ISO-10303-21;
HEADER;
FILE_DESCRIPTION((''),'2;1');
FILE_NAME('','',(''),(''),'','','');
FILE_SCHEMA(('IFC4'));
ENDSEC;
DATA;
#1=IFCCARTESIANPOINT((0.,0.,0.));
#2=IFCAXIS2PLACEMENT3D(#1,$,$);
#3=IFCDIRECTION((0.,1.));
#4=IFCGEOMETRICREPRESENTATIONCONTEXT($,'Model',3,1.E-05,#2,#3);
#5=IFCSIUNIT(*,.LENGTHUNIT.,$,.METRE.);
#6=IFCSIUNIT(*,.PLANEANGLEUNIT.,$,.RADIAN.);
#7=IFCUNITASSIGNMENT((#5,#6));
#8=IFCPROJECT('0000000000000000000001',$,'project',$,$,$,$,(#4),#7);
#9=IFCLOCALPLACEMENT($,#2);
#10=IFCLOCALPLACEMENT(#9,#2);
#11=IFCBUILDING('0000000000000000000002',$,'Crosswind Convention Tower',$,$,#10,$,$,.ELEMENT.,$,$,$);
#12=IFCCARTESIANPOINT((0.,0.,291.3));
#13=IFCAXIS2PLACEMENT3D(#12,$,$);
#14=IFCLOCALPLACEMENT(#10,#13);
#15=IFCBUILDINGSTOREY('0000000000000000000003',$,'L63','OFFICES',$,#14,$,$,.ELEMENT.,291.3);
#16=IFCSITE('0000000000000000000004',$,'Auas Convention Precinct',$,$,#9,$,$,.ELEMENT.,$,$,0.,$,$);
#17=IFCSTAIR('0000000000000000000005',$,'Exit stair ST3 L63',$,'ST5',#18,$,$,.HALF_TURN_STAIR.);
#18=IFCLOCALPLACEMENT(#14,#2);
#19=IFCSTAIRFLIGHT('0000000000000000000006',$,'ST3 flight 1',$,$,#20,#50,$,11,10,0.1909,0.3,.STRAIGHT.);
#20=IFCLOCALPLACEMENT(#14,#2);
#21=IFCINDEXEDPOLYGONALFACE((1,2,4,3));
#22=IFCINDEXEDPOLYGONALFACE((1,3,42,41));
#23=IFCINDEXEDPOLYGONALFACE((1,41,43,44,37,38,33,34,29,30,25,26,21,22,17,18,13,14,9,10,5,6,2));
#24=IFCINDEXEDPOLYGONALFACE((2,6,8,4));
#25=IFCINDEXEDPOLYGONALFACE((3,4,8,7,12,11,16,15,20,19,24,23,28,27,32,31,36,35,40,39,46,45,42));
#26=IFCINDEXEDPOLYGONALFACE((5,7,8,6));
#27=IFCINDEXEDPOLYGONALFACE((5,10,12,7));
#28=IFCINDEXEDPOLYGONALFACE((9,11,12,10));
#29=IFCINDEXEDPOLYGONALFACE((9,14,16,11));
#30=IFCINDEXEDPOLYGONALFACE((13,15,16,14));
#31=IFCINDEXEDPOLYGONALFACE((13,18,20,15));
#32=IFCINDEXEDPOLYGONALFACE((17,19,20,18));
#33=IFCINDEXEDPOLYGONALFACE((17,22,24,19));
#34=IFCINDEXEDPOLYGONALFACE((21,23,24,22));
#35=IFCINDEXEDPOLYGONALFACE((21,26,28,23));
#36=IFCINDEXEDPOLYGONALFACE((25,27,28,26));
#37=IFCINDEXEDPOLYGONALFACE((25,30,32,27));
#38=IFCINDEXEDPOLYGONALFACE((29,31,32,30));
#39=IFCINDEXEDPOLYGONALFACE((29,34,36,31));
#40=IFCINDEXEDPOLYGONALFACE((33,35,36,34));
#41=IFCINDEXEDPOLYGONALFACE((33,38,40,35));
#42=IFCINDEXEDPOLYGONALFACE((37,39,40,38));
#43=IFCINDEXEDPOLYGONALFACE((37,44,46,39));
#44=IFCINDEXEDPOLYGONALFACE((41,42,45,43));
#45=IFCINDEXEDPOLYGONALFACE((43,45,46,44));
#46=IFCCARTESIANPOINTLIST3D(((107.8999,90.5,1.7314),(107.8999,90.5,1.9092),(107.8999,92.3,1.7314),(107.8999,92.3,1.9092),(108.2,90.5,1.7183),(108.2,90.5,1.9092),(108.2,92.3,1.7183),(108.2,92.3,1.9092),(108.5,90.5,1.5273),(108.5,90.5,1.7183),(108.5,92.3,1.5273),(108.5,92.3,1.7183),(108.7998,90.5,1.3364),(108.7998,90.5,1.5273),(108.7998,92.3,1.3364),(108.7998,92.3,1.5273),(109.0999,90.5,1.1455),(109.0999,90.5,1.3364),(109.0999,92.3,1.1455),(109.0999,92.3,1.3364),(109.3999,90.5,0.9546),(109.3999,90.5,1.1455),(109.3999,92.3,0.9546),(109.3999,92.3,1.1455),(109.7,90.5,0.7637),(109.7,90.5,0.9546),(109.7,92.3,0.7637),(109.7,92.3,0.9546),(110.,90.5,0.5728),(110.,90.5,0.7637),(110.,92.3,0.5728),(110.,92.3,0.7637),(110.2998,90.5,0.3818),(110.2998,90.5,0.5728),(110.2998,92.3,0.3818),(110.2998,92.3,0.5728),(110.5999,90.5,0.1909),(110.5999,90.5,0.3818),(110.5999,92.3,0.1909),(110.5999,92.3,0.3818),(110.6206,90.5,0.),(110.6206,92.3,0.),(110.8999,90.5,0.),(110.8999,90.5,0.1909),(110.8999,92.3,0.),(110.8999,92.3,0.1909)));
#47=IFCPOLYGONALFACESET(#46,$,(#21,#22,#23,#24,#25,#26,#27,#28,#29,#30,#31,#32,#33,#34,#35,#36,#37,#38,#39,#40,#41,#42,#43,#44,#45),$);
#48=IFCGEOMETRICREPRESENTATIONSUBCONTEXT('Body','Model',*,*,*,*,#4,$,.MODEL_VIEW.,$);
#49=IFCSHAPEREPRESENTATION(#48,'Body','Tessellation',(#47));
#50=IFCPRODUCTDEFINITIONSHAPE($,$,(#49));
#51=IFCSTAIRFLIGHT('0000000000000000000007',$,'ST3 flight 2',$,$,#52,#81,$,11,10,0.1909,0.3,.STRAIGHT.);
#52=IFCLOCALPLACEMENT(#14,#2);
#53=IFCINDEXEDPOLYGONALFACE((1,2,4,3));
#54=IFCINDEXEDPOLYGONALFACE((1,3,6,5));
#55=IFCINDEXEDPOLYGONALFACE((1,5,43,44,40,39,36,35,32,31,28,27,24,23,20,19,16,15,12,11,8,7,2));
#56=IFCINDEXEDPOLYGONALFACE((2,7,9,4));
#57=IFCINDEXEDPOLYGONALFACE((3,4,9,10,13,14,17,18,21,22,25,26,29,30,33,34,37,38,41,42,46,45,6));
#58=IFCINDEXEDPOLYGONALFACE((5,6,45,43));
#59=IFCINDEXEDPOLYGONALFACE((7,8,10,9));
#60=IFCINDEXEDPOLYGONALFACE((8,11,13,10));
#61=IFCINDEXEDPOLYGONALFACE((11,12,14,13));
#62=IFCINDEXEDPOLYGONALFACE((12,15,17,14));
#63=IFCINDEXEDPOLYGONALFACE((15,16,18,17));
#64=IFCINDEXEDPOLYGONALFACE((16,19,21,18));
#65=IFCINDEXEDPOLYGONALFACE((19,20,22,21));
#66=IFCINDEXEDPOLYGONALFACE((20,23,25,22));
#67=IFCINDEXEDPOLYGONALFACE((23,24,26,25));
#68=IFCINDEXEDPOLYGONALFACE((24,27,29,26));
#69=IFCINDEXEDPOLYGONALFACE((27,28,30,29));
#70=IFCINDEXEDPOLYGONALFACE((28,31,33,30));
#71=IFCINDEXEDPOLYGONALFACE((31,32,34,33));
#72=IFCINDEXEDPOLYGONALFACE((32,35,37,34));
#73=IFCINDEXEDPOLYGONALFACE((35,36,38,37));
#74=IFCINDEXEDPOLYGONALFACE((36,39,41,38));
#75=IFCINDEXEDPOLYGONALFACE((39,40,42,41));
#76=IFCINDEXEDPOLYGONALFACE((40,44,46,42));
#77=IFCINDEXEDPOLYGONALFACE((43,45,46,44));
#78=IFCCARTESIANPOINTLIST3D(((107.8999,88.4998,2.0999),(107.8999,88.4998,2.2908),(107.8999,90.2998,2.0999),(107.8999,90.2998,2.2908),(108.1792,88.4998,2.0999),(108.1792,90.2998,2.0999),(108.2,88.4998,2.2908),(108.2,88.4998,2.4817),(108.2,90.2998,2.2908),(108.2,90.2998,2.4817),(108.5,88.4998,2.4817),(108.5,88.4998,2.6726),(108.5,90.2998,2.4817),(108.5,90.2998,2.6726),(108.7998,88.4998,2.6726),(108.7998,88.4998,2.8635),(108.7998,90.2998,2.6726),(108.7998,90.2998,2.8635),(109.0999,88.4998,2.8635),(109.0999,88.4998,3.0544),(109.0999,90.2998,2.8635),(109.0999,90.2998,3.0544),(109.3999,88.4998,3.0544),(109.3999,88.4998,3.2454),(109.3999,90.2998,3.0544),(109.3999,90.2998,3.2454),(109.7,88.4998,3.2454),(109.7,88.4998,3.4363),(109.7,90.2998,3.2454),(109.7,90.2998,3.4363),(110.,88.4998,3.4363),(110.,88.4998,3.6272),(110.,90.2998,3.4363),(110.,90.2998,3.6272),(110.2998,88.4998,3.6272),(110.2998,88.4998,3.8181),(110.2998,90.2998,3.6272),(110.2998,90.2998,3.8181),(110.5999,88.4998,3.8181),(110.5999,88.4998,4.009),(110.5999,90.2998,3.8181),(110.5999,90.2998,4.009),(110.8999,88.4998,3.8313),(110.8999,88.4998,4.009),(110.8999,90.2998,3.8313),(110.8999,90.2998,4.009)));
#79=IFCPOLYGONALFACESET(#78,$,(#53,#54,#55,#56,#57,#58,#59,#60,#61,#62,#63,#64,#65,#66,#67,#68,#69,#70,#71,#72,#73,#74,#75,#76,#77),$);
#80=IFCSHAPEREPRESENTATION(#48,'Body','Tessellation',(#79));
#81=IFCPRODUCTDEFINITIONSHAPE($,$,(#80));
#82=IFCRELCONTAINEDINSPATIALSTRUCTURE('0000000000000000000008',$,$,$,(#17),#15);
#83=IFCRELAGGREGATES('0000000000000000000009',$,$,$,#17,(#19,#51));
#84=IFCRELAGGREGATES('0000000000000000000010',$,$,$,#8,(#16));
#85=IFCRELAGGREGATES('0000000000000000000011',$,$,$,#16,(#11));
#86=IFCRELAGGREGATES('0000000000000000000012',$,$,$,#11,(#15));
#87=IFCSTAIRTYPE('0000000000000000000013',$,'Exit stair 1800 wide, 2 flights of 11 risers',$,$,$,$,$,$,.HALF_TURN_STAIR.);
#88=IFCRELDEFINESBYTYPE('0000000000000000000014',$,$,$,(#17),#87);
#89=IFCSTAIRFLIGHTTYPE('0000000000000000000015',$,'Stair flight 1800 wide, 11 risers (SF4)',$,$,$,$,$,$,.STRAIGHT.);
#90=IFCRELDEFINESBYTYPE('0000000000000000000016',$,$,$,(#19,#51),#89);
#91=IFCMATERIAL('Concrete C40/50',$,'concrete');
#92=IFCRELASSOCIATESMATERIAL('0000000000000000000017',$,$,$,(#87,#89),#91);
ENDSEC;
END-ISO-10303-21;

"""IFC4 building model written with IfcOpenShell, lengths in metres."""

from ifc_helpers import new_model, si_unit, direction, frame, origin, place, context, subcontext, project, spatial, polyline, outline, extrude, material, type_object, element, aggregate, save


model = new_model("IFC4")

# Units and contexts
model_context = context("Model", 3, precision=1e-05, world=origin(), true_north=direction((0.0, 1.0)))
body_context = subcontext(model_context, "Body", "Model", "MODEL_VIEW")
ifc_project = project(units=[si_unit("LENGTHUNIT", "METRE"), si_unit("PLANEANGLEUNIT", "RADIAN")], contexts=[model_context])

# Site, building, storey
site_placement = place(None, origin())
site = spatial("IfcSite", under=ifc_project, at=site_placement, Name="Auas Convention Precinct", CompositionType="ELEMENT", RefElevation=0.0)
building_placement = place(site_placement, origin())
building = spatial("IfcBuilding", under=site, at=building_placement, Name="Crosswind Convention Tower", CompositionType="ELEMENT")
storey_placement = place(building_placement, frame((0.0, 0.0, 291.3)))
storey = spatial("IfcBuildingStorey", under=building, at=storey_placement, Name="L63", Description="OFFICES", CompositionType="ELEMENT", Elevation=291.3)

# Shared definitions
ifc_material_1 = material(Name="Concrete C40/50", Category="concrete")

# Stair
stair_type = type_object("IfcStairType", Name="Exit stair 1800 wide, 2 flights of 11 risers", PredefinedType="HALF_TURN_STAIR", material=ifc_material_1)
stair_1_placement = place(storey_placement, origin())
stair_1 = element("IfcStair", 1, at=stair_1_placement, inside=storey, type_object=stair_type, Name="Exit stair ST3 L63", ObjectType="ST5", PredefinedType="HALF_TURN_STAIR")

# Stair flights
stair_flight_type = type_object("IfcStairFlightType", Name="Stair flight 1800 wide, 11 risers (SF4)", PredefinedType="STRAIGHT", material=ifc_material_1)
stair_flight_1_placement = place(storey_placement, frame((110.8999, 91.3999, 0.0), z_axis=(0.0, 0.0, 1.0), x_axis=(-1.0, 0.0, 0.0)))
stair_flight_1 = element("IfcStairFlight", 2, at=stair_flight_1_placement, type_object=stair_flight_type, Name="ST3 flight 1", NumberOfRisers=11, NumberOfTreads=10, PredefinedType="STRAIGHT", RiserHeight=0.1909, TreadLength=0.3, context=body_context, shape_type="SweptSolid", body=[
    extrude(outline(polyline([(0.0, 0.0), (0.0, 0.1909), (0.3, 0.1909), (0.3, 0.3818), (0.6001, 0.3818), (0.6001, 0.5728), (0.8999, 0.5728), (0.8999, 0.7637), (1.2, 0.7637), (1.2, 0.9546), (1.5, 0.9546), (1.5, 1.1455), (1.8, 1.1455), (1.8, 1.3364), (2.1001, 1.3364), (2.1001, 1.5273), (2.3999, 1.5273), (2.3999, 1.7183), (2.7, 1.7183), (2.7, 1.9092), (3.0, 1.9092), (3.0, 2.1001), (3.0, 1.7314), (0.2793, 0.0), (0.0, 0.0)])), frame((0.0, 0.8999, 0.0), z_axis=(0.0, -1.0, 0.0), x_axis=(1.0, 0.0, 0.0)), (0.0, 0.0, 1.0), 1.8),
])
stair_flight_2_placement = place(storey_placement, frame((107.8999, 89.3999, 2.0999), z_axis=(0.0, 0.0, 1.0), x_axis=(1.0, 0.0, 0.0)))
stair_flight_2 = element("IfcStairFlight", 3, at=stair_flight_2_placement, type_object=stair_flight_type, Name="ST3 flight 2", NumberOfRisers=11, NumberOfTreads=10, PredefinedType="STRAIGHT", RiserHeight=0.1909, TreadLength=0.3, context=body_context, shape_type="SweptSolid", body=[
    extrude(outline(polyline([(0.0, 0.0), (0.0, 0.1909), (0.3, 0.1909), (0.3, 0.3818), (0.6001, 0.3818), (0.6001, 0.5728), (0.8999, 0.5728), (0.8999, 0.7637), (1.2, 0.7637), (1.2, 0.9546), (1.5, 0.9546), (1.5, 1.1455), (1.8, 1.1455), (1.8, 1.3364), (2.1001, 1.3364), (2.1001, 1.5273), (2.3999, 1.5273), (2.3999, 1.7183), (2.7, 1.7183), (2.7, 1.9092), (3.0, 1.9092), (3.0, 2.1001), (3.0, 1.7314), (0.2793, 0.0), (0.0, 0.0)])), frame((0.0, 0.8999, 0.0), z_axis=(0.0, -1.0, 0.0), x_axis=(1.0, 0.0, 0.0)), (0.0, 0.0, 1.0), 1.8),
])
aggregate(stair_1, [stair_flight_1, stair_flight_2])

save(model, "model.ifc")
